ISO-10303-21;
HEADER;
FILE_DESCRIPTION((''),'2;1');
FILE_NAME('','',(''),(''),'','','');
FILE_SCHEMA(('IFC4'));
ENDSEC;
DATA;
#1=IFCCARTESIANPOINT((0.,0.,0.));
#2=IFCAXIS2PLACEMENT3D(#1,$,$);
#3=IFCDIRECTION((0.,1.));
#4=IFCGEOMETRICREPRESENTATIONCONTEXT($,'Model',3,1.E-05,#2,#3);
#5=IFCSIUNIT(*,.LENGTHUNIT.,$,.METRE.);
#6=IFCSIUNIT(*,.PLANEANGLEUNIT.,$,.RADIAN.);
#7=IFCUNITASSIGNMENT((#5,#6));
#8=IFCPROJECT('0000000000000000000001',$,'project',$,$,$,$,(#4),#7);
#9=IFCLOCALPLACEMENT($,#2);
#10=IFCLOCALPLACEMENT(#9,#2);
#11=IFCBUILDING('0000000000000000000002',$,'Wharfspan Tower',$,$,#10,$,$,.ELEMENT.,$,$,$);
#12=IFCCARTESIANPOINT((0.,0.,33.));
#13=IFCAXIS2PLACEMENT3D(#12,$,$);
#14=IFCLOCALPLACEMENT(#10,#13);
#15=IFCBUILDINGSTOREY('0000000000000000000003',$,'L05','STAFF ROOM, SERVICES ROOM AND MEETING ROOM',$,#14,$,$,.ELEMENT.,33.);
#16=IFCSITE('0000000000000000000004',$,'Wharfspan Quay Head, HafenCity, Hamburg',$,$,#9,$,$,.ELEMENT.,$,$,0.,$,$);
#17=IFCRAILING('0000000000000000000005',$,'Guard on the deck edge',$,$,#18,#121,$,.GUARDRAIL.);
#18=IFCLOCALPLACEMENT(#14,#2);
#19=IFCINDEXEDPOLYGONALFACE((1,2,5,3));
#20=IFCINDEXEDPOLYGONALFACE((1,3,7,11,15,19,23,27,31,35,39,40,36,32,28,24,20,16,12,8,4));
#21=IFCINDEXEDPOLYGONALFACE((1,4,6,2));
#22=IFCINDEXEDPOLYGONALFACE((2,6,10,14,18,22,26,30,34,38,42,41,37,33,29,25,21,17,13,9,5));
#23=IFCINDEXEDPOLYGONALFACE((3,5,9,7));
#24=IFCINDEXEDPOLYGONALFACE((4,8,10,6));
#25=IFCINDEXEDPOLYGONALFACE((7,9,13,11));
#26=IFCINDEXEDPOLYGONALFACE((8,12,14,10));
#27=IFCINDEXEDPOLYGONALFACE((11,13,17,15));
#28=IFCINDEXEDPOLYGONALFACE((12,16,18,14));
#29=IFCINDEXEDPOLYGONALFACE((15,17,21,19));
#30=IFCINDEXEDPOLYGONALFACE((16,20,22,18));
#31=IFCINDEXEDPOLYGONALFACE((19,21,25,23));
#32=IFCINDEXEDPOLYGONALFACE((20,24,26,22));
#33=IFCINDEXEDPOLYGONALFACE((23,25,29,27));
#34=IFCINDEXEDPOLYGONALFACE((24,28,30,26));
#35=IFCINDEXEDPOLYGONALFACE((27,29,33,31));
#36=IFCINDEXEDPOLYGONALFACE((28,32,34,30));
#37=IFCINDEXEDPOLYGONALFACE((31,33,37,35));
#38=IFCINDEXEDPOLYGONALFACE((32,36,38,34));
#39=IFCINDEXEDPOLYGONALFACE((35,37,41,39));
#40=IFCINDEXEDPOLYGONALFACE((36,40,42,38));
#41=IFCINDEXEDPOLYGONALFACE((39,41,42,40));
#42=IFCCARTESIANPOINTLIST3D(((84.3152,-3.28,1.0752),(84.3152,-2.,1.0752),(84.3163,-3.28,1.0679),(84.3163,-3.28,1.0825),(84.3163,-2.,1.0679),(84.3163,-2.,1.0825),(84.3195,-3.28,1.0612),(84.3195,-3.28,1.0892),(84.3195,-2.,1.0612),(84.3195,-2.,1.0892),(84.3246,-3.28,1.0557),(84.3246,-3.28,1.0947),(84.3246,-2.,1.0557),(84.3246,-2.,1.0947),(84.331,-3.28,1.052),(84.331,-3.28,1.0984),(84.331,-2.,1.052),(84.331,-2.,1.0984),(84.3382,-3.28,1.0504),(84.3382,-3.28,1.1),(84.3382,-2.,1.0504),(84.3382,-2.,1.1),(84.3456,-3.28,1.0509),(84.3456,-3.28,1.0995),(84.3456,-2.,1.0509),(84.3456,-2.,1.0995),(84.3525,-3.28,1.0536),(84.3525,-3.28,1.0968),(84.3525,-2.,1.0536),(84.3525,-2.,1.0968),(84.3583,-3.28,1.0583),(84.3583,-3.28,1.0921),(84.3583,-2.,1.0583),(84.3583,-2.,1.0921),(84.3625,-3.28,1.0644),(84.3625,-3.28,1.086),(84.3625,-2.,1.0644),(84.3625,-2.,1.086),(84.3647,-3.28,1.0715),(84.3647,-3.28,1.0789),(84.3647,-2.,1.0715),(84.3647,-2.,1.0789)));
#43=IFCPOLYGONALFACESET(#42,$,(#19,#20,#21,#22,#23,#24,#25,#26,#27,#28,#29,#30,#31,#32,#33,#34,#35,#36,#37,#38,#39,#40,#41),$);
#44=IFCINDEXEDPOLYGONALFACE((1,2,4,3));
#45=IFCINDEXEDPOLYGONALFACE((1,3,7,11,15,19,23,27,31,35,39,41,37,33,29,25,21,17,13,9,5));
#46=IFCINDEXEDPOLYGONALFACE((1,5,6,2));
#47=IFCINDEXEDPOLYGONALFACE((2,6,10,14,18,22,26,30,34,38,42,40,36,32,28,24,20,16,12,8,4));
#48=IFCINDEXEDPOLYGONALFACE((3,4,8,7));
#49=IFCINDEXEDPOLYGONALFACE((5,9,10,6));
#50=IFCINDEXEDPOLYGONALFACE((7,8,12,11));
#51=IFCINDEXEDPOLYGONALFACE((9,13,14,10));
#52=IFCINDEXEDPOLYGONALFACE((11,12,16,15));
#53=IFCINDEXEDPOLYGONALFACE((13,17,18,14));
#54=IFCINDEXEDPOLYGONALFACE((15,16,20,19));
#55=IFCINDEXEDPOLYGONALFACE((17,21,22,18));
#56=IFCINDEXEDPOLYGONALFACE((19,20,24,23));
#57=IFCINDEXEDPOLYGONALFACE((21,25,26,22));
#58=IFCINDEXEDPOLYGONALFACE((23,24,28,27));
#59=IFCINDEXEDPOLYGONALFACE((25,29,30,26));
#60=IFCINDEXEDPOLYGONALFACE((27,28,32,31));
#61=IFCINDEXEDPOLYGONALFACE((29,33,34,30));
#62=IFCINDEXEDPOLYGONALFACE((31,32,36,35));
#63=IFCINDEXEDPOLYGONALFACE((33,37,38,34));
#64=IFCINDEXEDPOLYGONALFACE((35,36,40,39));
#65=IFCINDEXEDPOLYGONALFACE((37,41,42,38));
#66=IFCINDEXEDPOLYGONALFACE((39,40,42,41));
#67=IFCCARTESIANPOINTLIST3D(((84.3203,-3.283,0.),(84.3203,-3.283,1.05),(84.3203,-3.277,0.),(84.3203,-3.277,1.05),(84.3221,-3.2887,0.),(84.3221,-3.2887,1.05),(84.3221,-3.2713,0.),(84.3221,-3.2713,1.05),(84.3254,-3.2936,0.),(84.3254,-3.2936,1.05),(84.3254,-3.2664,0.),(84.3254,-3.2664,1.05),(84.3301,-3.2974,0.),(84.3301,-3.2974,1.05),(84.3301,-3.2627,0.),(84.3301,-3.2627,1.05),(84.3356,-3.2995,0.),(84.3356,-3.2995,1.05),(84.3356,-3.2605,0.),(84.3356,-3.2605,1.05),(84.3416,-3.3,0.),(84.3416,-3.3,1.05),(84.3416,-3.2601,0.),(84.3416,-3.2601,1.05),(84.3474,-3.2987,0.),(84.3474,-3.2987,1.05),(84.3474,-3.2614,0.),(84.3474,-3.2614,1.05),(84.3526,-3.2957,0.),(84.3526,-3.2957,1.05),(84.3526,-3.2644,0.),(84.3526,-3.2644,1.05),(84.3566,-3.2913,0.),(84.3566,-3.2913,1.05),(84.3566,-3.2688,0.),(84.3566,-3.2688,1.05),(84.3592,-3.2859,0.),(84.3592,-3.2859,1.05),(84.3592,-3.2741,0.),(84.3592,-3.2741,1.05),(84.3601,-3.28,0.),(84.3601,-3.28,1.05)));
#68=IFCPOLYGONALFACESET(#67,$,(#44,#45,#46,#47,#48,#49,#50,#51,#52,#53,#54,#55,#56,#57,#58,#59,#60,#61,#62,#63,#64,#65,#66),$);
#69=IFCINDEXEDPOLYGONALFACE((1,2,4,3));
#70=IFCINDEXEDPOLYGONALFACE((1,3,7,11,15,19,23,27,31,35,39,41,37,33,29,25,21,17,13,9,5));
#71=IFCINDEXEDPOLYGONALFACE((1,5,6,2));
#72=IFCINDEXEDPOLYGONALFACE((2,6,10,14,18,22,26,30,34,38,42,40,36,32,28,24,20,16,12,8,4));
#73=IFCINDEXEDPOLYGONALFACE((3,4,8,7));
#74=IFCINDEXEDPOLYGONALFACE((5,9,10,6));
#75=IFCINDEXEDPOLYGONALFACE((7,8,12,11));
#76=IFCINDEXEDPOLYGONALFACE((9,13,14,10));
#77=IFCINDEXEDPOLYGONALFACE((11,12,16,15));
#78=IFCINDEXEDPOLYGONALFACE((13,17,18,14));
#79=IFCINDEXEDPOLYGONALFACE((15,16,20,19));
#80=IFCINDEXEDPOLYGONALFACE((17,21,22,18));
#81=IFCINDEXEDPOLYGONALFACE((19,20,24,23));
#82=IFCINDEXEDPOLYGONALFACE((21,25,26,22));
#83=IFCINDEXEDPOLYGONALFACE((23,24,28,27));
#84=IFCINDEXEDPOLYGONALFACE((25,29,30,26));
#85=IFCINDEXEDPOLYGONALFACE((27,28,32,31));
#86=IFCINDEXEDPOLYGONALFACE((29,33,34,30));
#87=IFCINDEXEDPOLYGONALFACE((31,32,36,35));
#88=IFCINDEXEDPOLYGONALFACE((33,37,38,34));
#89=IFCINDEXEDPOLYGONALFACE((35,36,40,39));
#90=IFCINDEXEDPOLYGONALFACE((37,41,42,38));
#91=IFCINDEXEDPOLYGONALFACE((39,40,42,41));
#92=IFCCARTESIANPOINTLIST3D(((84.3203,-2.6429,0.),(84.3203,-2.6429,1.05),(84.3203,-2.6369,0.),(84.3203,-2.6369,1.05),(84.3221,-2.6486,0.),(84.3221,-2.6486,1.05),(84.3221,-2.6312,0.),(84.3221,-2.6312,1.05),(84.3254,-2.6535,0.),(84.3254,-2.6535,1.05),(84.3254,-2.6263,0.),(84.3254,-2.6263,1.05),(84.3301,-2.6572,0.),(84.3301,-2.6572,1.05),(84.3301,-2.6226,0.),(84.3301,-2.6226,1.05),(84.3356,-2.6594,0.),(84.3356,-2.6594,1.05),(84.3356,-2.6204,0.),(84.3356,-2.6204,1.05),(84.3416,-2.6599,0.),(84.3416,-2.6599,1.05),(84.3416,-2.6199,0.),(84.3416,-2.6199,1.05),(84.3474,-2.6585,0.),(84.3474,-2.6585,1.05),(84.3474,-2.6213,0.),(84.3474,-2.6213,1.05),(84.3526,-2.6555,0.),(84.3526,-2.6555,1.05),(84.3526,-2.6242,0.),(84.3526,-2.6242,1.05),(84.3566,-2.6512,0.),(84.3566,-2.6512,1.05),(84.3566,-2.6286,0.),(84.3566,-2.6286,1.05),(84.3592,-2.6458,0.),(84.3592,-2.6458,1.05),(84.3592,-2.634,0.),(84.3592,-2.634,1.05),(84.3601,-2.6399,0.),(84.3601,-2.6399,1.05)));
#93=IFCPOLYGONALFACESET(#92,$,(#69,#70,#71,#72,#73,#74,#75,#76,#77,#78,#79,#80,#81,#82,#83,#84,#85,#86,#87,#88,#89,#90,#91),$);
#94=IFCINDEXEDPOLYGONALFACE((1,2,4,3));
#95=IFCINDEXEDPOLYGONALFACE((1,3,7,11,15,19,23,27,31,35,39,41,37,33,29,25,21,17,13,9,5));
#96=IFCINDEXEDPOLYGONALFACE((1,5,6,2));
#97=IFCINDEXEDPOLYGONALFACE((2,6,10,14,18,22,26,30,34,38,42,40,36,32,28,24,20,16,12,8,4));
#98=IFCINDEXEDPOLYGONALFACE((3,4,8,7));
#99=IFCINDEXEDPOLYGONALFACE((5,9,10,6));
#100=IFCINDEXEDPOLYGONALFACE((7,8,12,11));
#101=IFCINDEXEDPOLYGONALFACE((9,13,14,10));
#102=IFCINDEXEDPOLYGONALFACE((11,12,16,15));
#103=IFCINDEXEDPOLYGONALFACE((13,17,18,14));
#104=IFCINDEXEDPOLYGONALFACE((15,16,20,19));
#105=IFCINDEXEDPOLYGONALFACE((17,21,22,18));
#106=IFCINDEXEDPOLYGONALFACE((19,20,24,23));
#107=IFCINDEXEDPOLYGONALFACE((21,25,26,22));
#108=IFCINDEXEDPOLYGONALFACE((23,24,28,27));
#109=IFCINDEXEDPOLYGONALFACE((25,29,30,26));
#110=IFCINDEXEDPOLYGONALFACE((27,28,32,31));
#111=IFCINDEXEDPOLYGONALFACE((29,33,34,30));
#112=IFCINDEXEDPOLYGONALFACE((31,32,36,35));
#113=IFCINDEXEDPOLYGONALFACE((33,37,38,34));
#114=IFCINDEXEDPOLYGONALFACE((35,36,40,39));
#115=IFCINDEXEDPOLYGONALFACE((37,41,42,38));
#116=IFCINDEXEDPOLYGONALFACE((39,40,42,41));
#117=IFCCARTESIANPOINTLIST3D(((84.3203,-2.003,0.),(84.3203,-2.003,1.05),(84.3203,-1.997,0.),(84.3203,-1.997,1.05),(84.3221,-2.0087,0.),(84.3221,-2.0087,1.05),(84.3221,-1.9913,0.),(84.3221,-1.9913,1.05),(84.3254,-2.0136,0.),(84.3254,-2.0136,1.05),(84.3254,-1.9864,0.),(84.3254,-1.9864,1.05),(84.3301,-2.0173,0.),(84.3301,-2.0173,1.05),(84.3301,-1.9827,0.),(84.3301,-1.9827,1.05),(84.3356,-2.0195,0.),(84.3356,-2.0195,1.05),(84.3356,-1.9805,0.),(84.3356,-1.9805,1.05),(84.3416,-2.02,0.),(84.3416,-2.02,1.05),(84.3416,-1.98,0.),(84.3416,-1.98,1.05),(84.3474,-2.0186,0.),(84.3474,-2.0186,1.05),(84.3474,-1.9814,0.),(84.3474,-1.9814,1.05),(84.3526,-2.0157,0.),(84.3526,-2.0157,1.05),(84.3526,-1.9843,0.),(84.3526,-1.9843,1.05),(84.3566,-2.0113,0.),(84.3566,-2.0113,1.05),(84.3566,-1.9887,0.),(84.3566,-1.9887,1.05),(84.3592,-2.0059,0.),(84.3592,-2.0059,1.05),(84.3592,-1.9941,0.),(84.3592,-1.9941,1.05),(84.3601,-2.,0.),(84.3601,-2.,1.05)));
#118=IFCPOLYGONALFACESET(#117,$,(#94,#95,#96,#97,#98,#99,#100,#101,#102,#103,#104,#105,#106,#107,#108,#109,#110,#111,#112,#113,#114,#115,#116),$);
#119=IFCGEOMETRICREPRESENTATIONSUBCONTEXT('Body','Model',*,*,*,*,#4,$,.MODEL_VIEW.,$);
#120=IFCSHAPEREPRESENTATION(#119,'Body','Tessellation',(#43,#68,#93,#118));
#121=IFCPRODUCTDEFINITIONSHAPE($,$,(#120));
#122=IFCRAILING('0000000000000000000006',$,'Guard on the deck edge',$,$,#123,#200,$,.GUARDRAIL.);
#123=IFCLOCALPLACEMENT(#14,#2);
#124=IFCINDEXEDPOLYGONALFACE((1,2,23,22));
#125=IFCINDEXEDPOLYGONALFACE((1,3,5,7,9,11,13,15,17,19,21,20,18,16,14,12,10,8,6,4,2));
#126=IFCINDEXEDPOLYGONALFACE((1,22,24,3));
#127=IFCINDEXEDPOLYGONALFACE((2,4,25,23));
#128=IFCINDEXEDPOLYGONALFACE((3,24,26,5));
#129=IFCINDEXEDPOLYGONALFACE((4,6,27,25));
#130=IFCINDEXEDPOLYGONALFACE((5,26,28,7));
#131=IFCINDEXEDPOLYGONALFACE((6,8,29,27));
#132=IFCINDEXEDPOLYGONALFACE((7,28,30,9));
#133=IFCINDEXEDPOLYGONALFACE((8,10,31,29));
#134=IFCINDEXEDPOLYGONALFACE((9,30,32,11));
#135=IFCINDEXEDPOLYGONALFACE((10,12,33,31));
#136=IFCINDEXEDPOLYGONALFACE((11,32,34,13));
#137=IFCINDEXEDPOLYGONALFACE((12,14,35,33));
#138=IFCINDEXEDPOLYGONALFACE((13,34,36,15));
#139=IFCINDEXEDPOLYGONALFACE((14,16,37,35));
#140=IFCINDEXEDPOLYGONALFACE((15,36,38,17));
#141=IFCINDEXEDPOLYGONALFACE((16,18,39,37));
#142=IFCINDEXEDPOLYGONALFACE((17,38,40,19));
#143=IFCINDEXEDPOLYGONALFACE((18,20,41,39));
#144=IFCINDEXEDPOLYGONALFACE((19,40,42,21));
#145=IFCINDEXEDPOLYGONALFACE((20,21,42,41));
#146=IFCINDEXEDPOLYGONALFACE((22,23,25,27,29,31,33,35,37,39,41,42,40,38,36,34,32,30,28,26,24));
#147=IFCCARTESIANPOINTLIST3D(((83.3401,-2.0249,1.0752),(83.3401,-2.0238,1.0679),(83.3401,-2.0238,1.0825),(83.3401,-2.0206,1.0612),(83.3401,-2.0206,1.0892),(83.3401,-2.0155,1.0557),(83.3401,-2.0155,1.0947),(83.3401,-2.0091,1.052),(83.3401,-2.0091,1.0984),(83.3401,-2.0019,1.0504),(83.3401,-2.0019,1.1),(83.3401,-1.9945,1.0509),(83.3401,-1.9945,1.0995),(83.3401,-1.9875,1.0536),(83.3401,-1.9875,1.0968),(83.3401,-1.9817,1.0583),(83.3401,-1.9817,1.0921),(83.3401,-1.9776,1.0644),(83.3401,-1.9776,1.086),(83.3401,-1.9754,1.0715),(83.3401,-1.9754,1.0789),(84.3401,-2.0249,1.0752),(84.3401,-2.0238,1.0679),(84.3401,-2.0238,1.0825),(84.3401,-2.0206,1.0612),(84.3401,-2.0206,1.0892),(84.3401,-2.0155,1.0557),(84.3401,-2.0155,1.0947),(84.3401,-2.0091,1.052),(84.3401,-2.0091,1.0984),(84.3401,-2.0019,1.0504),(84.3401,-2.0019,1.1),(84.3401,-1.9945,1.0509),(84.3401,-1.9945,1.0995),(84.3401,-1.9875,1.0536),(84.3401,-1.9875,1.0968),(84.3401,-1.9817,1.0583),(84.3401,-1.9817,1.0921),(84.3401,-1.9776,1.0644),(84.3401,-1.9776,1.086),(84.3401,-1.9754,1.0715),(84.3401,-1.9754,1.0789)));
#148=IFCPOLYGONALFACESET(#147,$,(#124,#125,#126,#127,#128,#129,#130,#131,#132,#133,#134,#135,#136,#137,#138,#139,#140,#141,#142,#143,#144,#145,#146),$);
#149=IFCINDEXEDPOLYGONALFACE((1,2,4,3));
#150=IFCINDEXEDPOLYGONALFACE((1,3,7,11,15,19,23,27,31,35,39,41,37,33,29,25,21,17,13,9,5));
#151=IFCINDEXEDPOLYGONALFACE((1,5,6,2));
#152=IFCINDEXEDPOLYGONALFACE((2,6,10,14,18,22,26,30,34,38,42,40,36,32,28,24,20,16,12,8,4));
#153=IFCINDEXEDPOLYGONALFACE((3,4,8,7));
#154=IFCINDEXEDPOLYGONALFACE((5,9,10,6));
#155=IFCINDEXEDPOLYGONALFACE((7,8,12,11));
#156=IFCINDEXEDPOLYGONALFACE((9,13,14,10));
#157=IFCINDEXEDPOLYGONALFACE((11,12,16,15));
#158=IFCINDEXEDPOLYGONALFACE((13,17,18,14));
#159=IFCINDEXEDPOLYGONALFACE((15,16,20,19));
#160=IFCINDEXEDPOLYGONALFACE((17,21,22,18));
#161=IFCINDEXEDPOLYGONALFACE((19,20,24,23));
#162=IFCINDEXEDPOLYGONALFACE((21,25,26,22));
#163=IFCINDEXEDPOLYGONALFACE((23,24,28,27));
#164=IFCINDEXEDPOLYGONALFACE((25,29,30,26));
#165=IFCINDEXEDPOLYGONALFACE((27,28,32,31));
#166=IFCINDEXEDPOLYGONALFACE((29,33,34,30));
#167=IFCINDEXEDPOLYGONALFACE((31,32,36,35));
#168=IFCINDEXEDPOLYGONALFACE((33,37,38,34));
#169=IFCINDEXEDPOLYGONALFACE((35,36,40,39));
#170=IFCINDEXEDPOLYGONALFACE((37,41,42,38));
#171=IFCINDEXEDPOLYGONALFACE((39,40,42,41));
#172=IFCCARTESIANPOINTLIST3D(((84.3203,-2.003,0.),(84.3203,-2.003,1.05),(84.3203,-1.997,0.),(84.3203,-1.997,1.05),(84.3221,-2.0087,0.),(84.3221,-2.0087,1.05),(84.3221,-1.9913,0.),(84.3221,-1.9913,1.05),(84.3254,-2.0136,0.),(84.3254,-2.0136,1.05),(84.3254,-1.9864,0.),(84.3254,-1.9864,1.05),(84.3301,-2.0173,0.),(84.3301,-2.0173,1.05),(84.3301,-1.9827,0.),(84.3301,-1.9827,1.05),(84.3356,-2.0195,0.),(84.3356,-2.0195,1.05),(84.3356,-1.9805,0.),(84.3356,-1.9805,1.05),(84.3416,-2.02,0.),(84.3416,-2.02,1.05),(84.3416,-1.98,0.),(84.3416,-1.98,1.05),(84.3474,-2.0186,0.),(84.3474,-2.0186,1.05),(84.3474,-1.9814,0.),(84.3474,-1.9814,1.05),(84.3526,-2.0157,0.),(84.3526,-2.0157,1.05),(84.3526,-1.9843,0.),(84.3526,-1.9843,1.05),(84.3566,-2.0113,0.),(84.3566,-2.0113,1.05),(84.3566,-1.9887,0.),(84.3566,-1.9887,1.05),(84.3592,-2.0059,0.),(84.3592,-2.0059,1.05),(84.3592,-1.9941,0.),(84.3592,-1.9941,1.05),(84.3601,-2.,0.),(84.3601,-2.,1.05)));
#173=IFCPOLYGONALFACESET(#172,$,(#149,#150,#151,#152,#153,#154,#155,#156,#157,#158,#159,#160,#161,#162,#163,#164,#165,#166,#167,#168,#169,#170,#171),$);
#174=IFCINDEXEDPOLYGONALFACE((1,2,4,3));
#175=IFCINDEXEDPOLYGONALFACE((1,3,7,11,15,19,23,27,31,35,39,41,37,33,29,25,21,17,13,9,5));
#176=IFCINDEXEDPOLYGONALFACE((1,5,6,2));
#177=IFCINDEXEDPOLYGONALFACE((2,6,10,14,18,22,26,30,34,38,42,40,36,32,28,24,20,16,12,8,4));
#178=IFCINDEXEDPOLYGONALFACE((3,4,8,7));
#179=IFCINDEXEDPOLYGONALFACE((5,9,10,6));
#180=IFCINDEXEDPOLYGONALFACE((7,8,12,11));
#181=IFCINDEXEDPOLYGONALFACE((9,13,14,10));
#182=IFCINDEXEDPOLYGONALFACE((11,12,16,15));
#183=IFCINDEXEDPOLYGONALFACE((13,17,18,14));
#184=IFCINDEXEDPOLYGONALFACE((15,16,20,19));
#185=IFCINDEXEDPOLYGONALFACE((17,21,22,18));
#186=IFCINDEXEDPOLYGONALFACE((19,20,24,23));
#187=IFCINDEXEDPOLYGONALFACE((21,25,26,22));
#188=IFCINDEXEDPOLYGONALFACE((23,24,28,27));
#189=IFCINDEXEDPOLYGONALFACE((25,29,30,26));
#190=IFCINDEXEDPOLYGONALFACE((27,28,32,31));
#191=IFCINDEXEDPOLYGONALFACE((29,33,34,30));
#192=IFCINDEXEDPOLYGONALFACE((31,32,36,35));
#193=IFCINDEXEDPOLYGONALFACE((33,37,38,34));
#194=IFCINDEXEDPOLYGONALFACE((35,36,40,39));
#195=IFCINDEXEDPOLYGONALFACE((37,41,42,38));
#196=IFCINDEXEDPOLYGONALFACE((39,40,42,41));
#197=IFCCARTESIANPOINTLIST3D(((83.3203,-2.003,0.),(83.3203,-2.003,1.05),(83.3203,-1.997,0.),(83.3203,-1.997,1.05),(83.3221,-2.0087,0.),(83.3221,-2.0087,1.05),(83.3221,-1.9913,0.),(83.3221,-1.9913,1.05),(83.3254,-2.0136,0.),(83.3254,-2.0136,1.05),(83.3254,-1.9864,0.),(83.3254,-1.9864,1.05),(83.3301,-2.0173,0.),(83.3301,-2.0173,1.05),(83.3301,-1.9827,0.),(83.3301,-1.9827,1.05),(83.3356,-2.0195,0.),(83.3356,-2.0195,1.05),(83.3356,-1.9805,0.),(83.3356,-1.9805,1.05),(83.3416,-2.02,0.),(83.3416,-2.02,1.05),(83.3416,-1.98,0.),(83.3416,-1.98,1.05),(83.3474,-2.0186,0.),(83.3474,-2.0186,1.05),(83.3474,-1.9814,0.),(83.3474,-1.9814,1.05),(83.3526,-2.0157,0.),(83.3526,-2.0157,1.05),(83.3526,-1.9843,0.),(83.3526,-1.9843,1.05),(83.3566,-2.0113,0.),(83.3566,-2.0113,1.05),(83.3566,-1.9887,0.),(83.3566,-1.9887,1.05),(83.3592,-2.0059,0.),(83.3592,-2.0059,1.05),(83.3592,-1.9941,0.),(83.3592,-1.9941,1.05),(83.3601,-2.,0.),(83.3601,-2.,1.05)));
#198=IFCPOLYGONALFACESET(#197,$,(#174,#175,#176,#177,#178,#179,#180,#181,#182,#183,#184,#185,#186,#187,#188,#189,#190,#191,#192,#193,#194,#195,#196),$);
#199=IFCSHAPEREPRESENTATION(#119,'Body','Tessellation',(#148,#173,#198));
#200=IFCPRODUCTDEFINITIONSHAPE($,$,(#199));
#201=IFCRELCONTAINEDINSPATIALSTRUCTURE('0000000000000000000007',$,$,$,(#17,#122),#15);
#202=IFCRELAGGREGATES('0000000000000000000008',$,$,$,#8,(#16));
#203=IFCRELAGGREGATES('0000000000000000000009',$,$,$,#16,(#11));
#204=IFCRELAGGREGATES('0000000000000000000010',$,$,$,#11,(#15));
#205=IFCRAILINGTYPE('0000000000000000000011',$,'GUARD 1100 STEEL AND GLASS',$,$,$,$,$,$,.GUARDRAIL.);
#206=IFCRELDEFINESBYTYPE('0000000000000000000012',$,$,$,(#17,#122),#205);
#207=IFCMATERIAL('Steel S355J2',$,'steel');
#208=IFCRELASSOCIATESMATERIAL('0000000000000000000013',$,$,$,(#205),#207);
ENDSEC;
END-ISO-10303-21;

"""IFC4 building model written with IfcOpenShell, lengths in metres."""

from ifc_helpers import new_model, si_unit, direction, frame, origin, origin_2d, place, context, subcontext, project, spatial, circle, extrude, material, type_object, element, save


model = new_model("IFC4")

# Units and contexts
model_context = context("Model", 3, precision=1e-05, world=origin(), true_north=direction((0.0, 1.0)))
body_context = subcontext(model_context, "Body", "Model", "MODEL_VIEW")
ifc_project = project(units=[si_unit("LENGTHUNIT", "METRE"), si_unit("PLANEANGLEUNIT", "RADIAN")], contexts=[model_context])

# Site, building, storey
site_placement = place(None, origin())
site = spatial("IfcSite", under=ifc_project, at=site_placement, Name="Wharfspan Quay Head, HafenCity, Hamburg", CompositionType="ELEMENT", RefElevation=0.0)
building_placement = place(site_placement, origin())
building = spatial("IfcBuilding", under=site, at=building_placement, Name="Wharfspan Tower", CompositionType="ELEMENT")
storey_placement = place(building_placement, frame((0.0, 0.0, 33.0)))
storey = spatial("IfcBuildingStorey", under=building, at=storey_placement, Name="L05", Description="STAFF ROOM, SERVICES ROOM AND MEETING ROOM", CompositionType="ELEMENT", Elevation=33.0)

# Railings
ifc_material_1 = material(Name="Steel S355J2", Category="steel")
railing_type = type_object("IfcRailingType", Name="GUARD 1100 STEEL AND GLASS", PredefinedType="GUARDRAIL", material=ifc_material_1)
railing_1_placement = place(storey_placement, frame((84.3401, -3.28, 0.0)))
element("IfcRailing", 1, at=railing_1_placement, inside=storey, type_object=railing_type, Name="Guard on the deck edge", PredefinedType="GUARDRAIL", context=body_context, shape_type="SweptSolid", body=[
    extrude(circle(Radius=0.0249, at=origin_2d()), frame((0.0, 0.0, 1.0752), z_axis=(0.0, 1.0, 0.0), x_axis=(-1.0, 0.0, 0.0)), (0.0, 0.0, 1.0), 1.28),
    extrude(circle(Radius=0.02, at=origin_2d()), origin(), (0.0, 0.0, 1.0), 1.05),
    extrude(circle(Radius=0.02, at=origin_2d()), frame((0.0, 0.6401, 0.0)), (0.0, 0.0, 1.0), 1.05),
    extrude(circle(Radius=0.02, at=origin_2d()), frame((0.0, 1.28, 0.0)), (0.0, 0.0, 1.0), 1.05),
])
railing_2_placement = place(storey_placement, frame((84.3401, -2.0, 0.0)))
element("IfcRailing", 2, at=railing_2_placement, inside=storey, type_object=railing_type, Name="Guard on the deck edge", PredefinedType="GUARDRAIL", context=body_context, shape_type="SweptSolid", body=[
    extrude(circle(Radius=0.0249, at=origin_2d()), frame((0.0, 0.0, 1.0752), z_axis=(-1.0, 0.0, 0.0), x_axis=(0.0, -1.0, 0.0)), (0.0, 0.0, 1.0), 1.0),
    extrude(circle(Radius=0.02, at=origin_2d()), origin(), (0.0, 0.0, 1.0), 1.05),
    extrude(circle(Radius=0.02, at=origin_2d()), frame((-1.0, 0.0, 0.0)), (0.0, 0.0, 1.0), 1.05),
])

save(model, "model.ifc")
